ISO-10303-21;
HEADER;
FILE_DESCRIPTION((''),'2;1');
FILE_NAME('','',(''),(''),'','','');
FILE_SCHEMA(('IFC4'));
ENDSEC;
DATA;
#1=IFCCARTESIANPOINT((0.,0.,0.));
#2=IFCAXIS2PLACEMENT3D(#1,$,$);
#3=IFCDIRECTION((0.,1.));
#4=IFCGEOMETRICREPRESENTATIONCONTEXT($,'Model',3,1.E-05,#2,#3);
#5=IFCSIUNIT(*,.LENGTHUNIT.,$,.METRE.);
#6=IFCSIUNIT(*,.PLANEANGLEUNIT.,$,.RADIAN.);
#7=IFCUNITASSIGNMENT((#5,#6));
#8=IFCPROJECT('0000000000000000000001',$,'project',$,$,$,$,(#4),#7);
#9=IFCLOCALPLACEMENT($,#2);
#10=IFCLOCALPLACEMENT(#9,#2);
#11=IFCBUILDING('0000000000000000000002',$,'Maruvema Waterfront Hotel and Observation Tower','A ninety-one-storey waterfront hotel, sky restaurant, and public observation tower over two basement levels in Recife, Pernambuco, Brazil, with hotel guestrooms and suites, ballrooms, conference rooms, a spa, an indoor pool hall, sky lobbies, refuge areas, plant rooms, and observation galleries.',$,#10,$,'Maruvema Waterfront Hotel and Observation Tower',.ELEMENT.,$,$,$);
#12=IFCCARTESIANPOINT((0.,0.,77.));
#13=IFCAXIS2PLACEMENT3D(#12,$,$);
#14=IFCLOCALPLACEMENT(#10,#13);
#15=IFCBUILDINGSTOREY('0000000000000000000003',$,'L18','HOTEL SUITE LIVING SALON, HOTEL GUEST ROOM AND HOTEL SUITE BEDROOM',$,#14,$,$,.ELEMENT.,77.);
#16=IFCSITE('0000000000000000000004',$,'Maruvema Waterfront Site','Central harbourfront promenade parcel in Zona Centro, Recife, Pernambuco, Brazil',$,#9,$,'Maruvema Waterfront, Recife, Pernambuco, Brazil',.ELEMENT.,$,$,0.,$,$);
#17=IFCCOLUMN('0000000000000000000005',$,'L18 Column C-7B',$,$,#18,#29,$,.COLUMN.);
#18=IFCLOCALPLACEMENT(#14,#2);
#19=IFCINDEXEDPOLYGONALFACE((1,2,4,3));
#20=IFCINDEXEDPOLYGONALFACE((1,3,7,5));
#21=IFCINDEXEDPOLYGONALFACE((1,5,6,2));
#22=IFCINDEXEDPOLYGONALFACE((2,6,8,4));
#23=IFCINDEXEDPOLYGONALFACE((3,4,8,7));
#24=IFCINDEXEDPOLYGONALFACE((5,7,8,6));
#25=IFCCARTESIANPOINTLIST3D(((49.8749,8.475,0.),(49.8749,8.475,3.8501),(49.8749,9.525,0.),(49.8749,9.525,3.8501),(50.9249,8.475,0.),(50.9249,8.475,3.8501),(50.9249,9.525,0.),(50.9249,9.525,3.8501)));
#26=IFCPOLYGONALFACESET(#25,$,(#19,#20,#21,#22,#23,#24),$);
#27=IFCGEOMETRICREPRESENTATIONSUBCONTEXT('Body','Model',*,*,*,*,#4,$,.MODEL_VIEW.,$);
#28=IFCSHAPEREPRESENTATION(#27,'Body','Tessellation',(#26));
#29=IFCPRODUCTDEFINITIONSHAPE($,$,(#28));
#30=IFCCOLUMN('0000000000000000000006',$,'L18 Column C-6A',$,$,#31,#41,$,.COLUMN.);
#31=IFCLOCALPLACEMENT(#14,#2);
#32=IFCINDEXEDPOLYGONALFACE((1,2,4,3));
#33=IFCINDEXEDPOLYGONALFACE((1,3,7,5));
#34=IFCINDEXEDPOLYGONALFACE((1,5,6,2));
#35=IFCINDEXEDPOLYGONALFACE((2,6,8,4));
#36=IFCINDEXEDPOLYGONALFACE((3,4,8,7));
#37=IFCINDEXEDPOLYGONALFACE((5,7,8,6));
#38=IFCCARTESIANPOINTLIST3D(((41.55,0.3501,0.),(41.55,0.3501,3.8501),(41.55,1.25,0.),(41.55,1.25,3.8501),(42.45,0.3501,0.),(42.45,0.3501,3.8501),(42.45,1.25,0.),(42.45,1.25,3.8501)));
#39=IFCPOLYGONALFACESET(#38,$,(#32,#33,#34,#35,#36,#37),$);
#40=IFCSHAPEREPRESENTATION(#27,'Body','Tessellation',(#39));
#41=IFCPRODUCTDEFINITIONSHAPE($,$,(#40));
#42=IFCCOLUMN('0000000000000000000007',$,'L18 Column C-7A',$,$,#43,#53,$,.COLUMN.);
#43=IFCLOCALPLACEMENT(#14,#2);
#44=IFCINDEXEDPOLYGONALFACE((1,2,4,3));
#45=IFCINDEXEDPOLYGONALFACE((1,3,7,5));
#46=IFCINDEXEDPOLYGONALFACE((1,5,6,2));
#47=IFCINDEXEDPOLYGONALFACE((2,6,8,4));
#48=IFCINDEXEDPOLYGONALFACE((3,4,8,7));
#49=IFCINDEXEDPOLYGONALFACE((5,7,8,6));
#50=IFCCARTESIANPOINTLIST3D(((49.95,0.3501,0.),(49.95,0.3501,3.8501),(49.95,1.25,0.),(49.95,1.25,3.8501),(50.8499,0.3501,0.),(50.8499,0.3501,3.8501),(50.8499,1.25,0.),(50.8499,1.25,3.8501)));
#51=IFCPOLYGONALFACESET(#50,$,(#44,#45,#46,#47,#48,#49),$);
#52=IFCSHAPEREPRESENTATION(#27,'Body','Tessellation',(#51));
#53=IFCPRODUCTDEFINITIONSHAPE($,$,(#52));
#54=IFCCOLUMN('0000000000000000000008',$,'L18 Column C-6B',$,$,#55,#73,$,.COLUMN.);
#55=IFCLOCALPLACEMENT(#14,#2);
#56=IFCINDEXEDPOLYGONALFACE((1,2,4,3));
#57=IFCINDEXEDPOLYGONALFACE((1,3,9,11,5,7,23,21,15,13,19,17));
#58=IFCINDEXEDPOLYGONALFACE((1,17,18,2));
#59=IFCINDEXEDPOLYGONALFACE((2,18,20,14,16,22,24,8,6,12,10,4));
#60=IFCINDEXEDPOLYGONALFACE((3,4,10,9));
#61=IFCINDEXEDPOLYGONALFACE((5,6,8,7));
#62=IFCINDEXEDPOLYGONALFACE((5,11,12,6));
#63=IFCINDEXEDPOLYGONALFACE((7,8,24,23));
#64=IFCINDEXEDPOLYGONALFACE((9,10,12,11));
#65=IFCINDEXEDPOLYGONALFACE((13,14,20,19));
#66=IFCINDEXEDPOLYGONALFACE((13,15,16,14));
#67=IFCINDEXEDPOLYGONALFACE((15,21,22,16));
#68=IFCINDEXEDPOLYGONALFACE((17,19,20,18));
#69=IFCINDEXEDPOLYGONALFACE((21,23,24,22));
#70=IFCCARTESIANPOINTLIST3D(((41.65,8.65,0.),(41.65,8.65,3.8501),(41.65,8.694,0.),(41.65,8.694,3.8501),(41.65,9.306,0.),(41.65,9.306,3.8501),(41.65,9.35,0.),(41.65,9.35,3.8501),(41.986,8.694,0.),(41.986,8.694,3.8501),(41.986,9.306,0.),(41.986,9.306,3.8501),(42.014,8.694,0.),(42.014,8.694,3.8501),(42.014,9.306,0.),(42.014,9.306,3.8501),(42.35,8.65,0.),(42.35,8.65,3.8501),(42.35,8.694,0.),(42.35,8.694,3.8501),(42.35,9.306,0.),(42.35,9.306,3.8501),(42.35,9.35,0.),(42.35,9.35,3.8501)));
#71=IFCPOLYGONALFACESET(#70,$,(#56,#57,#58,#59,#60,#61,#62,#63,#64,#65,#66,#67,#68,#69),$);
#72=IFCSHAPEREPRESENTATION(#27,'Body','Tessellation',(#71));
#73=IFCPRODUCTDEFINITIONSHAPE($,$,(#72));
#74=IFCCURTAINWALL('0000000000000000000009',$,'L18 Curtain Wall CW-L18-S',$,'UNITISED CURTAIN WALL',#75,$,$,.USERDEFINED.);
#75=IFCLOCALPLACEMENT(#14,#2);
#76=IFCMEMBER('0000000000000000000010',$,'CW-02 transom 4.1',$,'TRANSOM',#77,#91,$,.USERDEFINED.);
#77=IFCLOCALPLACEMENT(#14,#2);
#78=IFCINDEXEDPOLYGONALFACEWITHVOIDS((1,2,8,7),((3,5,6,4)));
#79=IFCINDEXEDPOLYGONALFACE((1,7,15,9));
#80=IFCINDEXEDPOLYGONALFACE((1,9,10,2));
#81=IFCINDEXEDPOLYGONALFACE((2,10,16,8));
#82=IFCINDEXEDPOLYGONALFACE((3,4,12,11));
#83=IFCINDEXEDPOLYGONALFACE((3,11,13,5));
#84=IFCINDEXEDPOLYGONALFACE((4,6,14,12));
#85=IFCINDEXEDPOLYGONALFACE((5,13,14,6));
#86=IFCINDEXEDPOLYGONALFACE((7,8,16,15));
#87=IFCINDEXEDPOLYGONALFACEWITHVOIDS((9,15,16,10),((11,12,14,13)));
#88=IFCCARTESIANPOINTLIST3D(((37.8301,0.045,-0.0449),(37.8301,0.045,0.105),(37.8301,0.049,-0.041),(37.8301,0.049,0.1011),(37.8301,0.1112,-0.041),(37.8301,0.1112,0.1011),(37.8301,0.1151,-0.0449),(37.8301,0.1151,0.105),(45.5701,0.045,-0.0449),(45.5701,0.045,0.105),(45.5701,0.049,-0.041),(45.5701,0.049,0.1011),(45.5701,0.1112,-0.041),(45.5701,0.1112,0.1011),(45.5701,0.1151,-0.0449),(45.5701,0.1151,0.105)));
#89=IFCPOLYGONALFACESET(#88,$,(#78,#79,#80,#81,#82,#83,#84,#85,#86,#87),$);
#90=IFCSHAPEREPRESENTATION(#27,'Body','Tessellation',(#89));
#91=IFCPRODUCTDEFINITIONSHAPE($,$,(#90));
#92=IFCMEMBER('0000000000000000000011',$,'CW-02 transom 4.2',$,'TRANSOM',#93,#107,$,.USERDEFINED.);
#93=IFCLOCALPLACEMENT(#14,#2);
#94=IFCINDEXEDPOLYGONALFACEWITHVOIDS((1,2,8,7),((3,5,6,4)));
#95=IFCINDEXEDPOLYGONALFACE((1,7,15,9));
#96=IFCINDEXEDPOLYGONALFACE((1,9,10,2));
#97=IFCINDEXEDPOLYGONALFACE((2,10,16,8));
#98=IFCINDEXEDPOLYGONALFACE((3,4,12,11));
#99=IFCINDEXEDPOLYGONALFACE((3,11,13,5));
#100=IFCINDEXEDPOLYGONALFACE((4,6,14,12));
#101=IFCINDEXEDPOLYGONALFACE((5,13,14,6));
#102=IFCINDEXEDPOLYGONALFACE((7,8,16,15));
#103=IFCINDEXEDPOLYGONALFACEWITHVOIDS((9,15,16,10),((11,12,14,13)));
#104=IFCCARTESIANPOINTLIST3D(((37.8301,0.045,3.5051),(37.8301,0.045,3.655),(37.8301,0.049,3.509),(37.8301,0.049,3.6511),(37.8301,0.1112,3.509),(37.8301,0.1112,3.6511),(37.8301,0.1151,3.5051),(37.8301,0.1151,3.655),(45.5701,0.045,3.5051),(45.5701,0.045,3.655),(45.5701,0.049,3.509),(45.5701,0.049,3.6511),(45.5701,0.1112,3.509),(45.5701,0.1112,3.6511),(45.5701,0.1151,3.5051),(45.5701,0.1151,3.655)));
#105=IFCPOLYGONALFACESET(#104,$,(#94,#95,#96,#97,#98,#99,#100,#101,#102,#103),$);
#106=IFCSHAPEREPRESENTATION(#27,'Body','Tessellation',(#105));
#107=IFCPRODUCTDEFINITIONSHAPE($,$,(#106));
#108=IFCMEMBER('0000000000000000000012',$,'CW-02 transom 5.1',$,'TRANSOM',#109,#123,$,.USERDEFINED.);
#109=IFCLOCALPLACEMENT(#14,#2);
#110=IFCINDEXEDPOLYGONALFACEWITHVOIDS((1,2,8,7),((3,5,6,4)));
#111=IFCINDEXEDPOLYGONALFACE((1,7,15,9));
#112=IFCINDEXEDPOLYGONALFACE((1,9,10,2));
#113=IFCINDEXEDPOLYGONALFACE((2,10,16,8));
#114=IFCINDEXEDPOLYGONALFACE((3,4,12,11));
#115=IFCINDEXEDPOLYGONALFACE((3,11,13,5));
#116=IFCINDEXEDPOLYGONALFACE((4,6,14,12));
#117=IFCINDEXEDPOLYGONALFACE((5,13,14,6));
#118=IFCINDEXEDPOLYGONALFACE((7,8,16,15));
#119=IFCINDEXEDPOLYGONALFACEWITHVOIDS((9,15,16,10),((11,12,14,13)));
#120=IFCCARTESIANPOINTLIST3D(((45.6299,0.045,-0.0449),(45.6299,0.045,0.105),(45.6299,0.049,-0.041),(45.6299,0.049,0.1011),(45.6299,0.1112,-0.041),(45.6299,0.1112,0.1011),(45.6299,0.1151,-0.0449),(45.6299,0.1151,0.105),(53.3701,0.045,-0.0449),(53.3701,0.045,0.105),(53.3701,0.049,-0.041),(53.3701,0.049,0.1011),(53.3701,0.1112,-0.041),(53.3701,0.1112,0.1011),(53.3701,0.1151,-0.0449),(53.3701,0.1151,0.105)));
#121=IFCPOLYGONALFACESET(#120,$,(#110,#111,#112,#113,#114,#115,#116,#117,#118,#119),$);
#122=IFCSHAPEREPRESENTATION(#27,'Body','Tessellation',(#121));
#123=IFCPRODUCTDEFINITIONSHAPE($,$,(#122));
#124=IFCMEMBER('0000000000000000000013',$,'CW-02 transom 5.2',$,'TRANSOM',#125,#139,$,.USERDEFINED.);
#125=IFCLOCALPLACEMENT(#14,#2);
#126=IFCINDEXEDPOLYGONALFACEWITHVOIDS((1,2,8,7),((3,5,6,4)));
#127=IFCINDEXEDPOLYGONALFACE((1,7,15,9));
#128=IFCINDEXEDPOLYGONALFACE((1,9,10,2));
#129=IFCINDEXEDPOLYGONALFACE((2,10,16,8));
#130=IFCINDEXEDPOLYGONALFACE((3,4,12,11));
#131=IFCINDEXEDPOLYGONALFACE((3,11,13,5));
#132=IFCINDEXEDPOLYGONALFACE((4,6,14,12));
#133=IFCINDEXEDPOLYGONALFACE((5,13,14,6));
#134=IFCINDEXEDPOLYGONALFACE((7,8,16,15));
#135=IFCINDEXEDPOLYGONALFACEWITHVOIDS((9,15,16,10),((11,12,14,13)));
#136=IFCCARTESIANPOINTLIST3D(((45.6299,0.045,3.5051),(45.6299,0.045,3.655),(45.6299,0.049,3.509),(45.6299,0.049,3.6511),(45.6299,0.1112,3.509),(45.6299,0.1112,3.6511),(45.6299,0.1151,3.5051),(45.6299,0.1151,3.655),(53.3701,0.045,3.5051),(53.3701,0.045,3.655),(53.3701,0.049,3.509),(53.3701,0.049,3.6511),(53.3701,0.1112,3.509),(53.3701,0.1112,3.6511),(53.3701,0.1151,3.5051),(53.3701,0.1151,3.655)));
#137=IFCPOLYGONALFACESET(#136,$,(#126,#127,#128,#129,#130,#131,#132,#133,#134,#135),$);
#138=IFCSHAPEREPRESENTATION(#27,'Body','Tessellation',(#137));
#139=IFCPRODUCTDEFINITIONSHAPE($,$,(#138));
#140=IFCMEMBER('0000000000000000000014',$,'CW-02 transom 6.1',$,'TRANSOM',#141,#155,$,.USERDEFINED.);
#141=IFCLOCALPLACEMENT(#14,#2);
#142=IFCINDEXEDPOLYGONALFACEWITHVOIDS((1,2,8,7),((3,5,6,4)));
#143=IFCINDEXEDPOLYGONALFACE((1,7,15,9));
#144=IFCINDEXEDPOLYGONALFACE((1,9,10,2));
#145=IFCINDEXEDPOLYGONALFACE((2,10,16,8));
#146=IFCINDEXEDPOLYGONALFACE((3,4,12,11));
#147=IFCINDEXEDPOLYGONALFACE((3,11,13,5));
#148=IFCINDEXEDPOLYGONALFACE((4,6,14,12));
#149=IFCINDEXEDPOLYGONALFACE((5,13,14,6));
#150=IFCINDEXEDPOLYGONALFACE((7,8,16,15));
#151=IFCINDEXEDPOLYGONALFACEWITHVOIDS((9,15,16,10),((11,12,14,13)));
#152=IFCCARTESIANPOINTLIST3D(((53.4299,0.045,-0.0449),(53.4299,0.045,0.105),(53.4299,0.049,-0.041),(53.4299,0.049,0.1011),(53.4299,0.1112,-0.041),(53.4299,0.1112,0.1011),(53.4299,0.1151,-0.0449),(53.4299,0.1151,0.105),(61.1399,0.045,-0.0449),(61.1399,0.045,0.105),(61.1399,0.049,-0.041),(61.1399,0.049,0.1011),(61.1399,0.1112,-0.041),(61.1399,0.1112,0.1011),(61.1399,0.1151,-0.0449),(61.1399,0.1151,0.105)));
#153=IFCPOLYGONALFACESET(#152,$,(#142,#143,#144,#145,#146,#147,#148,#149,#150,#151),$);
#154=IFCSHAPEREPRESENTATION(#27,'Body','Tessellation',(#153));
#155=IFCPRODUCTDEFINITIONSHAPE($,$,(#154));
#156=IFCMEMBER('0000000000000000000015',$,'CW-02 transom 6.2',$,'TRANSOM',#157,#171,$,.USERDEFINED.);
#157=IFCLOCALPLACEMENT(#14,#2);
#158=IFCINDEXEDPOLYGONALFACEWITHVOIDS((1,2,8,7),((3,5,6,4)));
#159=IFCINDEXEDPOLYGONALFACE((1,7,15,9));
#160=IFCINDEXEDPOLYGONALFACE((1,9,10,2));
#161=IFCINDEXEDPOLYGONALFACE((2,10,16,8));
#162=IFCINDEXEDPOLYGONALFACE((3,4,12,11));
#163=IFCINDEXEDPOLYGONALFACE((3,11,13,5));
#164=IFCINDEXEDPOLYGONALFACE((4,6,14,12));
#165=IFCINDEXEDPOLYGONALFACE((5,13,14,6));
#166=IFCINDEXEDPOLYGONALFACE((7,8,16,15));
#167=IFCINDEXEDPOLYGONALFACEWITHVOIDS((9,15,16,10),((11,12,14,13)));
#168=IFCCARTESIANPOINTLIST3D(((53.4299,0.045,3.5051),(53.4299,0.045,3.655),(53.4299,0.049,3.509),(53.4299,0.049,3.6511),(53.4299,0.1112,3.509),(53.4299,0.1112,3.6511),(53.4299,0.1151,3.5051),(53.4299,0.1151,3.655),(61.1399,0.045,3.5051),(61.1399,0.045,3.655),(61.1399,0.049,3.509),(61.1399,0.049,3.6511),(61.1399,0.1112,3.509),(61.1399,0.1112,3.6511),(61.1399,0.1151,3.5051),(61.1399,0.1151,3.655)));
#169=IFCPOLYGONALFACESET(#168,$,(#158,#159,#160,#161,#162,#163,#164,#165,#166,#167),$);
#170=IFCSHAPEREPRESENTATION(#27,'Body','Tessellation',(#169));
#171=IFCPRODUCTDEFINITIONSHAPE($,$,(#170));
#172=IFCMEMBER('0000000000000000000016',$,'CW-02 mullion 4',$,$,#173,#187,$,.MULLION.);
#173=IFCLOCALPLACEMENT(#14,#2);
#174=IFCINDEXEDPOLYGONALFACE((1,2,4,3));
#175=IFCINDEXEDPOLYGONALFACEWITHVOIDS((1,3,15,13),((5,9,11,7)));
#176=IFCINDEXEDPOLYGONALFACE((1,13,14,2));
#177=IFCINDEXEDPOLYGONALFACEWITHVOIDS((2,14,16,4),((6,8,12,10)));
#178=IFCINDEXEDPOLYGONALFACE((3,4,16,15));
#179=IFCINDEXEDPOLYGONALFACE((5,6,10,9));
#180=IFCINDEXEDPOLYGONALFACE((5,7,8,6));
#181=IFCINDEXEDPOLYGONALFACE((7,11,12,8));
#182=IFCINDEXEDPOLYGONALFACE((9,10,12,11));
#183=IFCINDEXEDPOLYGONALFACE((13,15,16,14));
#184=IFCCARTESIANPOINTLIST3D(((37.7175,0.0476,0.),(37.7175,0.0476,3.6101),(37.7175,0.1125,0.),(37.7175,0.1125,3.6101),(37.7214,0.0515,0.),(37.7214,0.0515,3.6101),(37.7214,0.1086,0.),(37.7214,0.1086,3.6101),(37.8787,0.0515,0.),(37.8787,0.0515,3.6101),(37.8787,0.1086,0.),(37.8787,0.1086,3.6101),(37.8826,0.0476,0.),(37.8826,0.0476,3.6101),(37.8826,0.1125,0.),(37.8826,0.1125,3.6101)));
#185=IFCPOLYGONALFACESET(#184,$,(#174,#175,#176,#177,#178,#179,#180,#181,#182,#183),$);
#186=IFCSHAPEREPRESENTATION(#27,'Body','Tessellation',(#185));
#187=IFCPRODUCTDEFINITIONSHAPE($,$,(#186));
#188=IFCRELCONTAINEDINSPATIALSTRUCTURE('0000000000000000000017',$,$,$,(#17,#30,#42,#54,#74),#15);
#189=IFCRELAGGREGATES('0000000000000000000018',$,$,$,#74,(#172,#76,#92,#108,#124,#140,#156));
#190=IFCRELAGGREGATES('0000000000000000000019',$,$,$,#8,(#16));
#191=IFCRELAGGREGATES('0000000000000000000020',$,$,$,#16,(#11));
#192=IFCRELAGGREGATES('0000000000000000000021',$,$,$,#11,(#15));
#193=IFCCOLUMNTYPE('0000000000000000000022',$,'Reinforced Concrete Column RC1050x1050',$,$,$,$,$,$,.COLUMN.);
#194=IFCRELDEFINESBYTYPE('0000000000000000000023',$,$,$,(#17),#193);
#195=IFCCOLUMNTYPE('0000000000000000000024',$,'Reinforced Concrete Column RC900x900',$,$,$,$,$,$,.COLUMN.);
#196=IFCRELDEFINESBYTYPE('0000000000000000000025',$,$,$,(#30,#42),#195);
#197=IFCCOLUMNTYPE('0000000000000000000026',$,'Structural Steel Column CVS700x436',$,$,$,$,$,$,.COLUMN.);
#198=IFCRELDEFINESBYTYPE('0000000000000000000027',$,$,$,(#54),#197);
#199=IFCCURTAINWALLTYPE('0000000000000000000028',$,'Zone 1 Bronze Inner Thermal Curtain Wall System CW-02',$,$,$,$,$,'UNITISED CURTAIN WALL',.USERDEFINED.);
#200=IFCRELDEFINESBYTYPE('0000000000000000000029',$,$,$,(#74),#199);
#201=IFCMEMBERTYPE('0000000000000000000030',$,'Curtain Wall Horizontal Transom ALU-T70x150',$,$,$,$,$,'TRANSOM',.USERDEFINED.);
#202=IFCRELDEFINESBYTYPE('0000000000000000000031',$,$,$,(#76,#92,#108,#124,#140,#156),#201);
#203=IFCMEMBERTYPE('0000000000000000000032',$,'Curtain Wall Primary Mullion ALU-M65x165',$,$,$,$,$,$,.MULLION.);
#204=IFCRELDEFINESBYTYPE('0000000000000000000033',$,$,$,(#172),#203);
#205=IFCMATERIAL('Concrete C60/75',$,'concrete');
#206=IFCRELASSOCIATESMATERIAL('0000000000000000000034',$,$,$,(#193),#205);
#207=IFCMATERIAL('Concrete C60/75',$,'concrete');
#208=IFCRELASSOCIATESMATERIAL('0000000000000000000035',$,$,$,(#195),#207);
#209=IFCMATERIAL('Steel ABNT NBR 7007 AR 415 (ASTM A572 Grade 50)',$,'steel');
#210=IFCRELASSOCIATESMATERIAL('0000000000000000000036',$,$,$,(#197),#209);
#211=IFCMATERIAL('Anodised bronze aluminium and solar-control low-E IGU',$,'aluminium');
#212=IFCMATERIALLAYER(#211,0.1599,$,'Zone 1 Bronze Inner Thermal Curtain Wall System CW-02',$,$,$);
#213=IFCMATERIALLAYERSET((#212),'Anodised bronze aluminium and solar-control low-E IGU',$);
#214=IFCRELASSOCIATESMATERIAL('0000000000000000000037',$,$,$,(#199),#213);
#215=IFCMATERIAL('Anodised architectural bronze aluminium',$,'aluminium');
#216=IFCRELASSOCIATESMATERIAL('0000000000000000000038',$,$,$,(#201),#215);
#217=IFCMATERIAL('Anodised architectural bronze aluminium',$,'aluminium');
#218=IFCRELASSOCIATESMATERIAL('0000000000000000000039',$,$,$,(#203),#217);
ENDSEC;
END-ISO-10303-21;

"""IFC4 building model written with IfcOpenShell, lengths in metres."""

from ifc_helpers import new_model, si_unit, direction, frame, origin, origin_2d, place, context, subcontext, project, spatial, rectangle, hollow_rectangle, i_section, extrude, material, layer, layer_set, material_profile, profile_set, type_object, element, aggregate, save


model = new_model("IFC4")

# Units and contexts
model_context = context("Model", 3, precision=1e-05, world=origin(), true_north=direction((0.0, 1.0)))
body_context = subcontext(model_context, "Body", "Model", "MODEL_VIEW")
ifc_project = project(units=[si_unit("LENGTHUNIT", "METRE"), si_unit("PLANEANGLEUNIT", "RADIAN")], contexts=[model_context])

# Site, building, storey
site_placement = place(None, origin())
site = spatial("IfcSite", under=ifc_project, at=site_placement, Name="Maruvema Waterfront Site", Description="Central harbourfront promenade parcel in Zona Centro, Recife, Pernambuco, Brazil", LongName="Maruvema Waterfront, Recife, Pernambuco, Brazil", CompositionType="ELEMENT", RefElevation=0.0)
building_placement = place(site_placement, origin())
building = spatial("IfcBuilding", under=site, at=building_placement, Name="Maruvema Waterfront Hotel and Observation Tower", Description="A ninety-one-storey waterfront hotel, sky restaurant, and public observation tower over two basement levels in Recife, Pernambuco, Brazil, with hotel guestrooms and suites, ballrooms, conference rooms, a spa, an indoor pool hall, sky lobbies, refuge areas, plant rooms, and observation galleries.", LongName="Maruvema Waterfront Hotel and Observation Tower", CompositionType="ELEMENT")
storey_placement = place(building_placement, frame((0.0, 0.0, 77.0)))
storey = spatial("IfcBuildingStorey", under=building, at=storey_placement, Name="L18", Description="HOTEL SUITE LIVING SALON, HOTEL GUEST ROOM AND HOTEL SUITE BEDROOM", CompositionType="ELEMENT", Elevation=77.0)

# Columns
ifc_material_1 = material(Name="Concrete C60/75", Category="concrete")
ifc_material_profile_1 = material_profile(ifc_material_1, rectangle(XDim=1.05, YDim=1.05, at=origin_2d()), Name="RC1050x1050")
ifc_profile_set_1 = profile_set([ifc_material_profile_1], Name="Concrete C60/75")
column_type_1 = type_object("IfcColumnType", Name="Reinforced Concrete Column RC1050x1050", PredefinedType="COLUMN", material=ifc_profile_set_1)
column_1_placement = place(storey_placement, frame((50.3999, 9.0, 0.0), z_axis=(0.0, 0.0, 1.0), x_axis=(1.0, 0.0, 0.0)))
element("IfcColumn", 1, at=column_1_placement, inside=storey, type_object=column_type_1, Name="L18 Column C-7B", PredefinedType="COLUMN", context=body_context, shape_type="SweptSolid", body=[
    extrude(rectangle(XDim=1.05, YDim=1.05, at=origin_2d()), origin(), (0.0, 0.0, 1.0), 3.8501),
])
ifc_material_2 = material(Name="Concrete C60/75", Category="concrete")
ifc_material_profile_2 = material_profile(ifc_material_2, rectangle(XDim=0.8999, YDim=0.8999, at=origin_2d()), Name="RC900x900")
ifc_profile_set_2 = profile_set([ifc_material_profile_2], Name="Concrete C60/75")
column_type_2 = type_object("IfcColumnType", Name="Reinforced Concrete Column RC900x900", PredefinedType="COLUMN", material=ifc_profile_set_2)
for number, where, z_axis, x_axis, name in (
    (2, (42.0, 0.8, 0.0), (0.0, 0.0, 1.0), (1.0, 0.0, 0.0), "L18 Column C-6A"),
    (3, (50.3999, 0.8, 0.0), (0.0, 0.0, 1.0), (1.0, 0.0, 0.0), "L18 Column C-7A"),
):
    element("IfcColumn", number, at=place(storey_placement, frame(where, z_axis=z_axis, x_axis=x_axis)), inside=storey, type_object=column_type_2, Name=name, PredefinedType="COLUMN", context=body_context, shape_type="SweptSolid", body=[
        extrude(rectangle(XDim=0.8999, YDim=0.8999, at=origin_2d()), origin(), (0.0, 0.0, 1.0), 3.8501),
    ])
ifc_material_3 = material(Name="Steel ABNT NBR 7007 AR 415 (ASTM A572 Grade 50)", Category="steel")
ifc_material_profile_3 = material_profile(ifc_material_3, i_section(OverallWidth=0.7, OverallDepth=0.7, WebThickness=0.0281, FlangeThickness=0.0439, at=origin_2d()), Name="CVS700x436")
ifc_profile_set_3 = profile_set([ifc_material_profile_3], Name="Steel ABNT NBR 7007 AR 415 (ASTM A572 Grade 50)")
column_type_3 = type_object("IfcColumnType", Name="Structural Steel Column CVS700x436", PredefinedType="COLUMN", material=ifc_profile_set_3)
column_2_placement = place(storey_placement, frame((42.0, 9.0, 0.0), z_axis=(0.0, 0.0, 1.0), x_axis=(1.0, 0.0, 0.0)))
element("IfcColumn", 4, at=column_2_placement, inside=storey, type_object=column_type_3, Name="L18 Column C-6B", PredefinedType="COLUMN", context=body_context, shape_type="SweptSolid", body=[
    extrude(i_section(OverallWidth=0.7, OverallDepth=0.7, WebThickness=0.0281, FlangeThickness=0.0439, at=origin_2d()), origin(), (0.0, 0.0, 1.0), 3.8501),
])

# Curtain wall, members
ifc_material_4 = material(Name="Anodised bronze aluminium and solar-control low-E IGU", Category="aluminium")
ifc_layer_1 = layer(ifc_material_4, 0.1599, Name="Zone 1 Bronze Inner Thermal Curtain Wall System CW-02")
ifc_layer_set_1 = layer_set([ifc_layer_1], Name="Anodised bronze aluminium and solar-control low-E IGU")
curtain_wall_type = type_object("IfcCurtainWallType", Name="Zone 1 Bronze Inner Thermal Curtain Wall System CW-02", ElementType="UNITISED CURTAIN WALL", PredefinedType="USERDEFINED", material=ifc_layer_set_1)
curtain_wall_placement = place(storey_placement, origin())
curtain_wall = element("IfcCurtainWall", 5, at=curtain_wall_placement, inside=storey, type_object=curtain_wall_type, Name="L18 Curtain Wall CW-L18-S", ObjectType="UNITISED CURTAIN WALL", PredefinedType="USERDEFINED")
ifc_material_5 = material(Name="Anodised architectural bronze aluminium", Category="aluminium")
ifc_material_profile_4 = material_profile(ifc_material_5, hollow_rectangle(XDim=0.0701, YDim=0.1499, WallThickness=0.0039, at=origin_2d()), Name="ALU-T70x150")
ifc_profile_set_4 = profile_set([ifc_material_profile_4], Name="Anodised architectural bronze aluminium")
member_type_1 = type_object("IfcMemberType", Name="Curtain Wall Horizontal Transom ALU-T70x150", ElementType="TRANSOM", PredefinedType="USERDEFINED", material=ifc_profile_set_4)
member_1_placement = place(storey_placement, frame((37.8301, 0.0801, 0.03), z_axis=(1.0, 0.0, 0.0), x_axis=(0.0, 1.0, 0.0)))
member_1 = element("IfcMember", 6, at=member_1_placement, type_object=member_type_1, Name="CW-02 transom 4.1", ObjectType="TRANSOM", PredefinedType="USERDEFINED", context=body_context, shape_type="SweptSolid", body=[
    extrude(hollow_rectangle(XDim=0.0701, YDim=0.1499, WallThickness=0.0039, at=origin_2d()), origin(), (0.0, 0.0, 1.0), 7.74),
])
member_2_placement = place(storey_placement, frame((37.8301, 0.0801, 3.5801), z_axis=(1.0, 0.0, 0.0), x_axis=(0.0, 1.0, 0.0)))
member_2 = element("IfcMember", 7, at=member_2_placement, type_object=member_type_1, Name="CW-02 transom 4.2", ObjectType="TRANSOM", PredefinedType="USERDEFINED", context=body_context, shape_type="SweptSolid", body=[
    extrude(hollow_rectangle(XDim=0.0701, YDim=0.1499, WallThickness=0.0039, at=origin_2d()), origin(), (0.0, 0.0, 1.0), 7.74),
])
member_3_placement = place(storey_placement, frame((45.6299, 0.0801, 0.03), z_axis=(1.0, 0.0, 0.0), x_axis=(0.0, 1.0, 0.0)))
member_3 = element("IfcMember", 8, at=member_3_placement, type_object=member_type_1, Name="CW-02 transom 5.1", ObjectType="TRANSOM", PredefinedType="USERDEFINED", context=body_context, shape_type="SweptSolid", body=[
    extrude(hollow_rectangle(XDim=0.0701, YDim=0.1499, WallThickness=0.0039, at=origin_2d()), origin(), (0.0, 0.0, 1.0), 7.7402),
])
member_4_placement = place(storey_placement, frame((45.6299, 0.0801, 3.5801), z_axis=(1.0, 0.0, 0.0), x_axis=(0.0, 1.0, 0.0)))
member_4 = element("IfcMember", 9, at=member_4_placement, type_object=member_type_1, Name="CW-02 transom 5.2", ObjectType="TRANSOM", PredefinedType="USERDEFINED", context=body_context, shape_type="SweptSolid", body=[
    extrude(hollow_rectangle(XDim=0.0701, YDim=0.1499, WallThickness=0.0039, at=origin_2d()), origin(), (0.0, 0.0, 1.0), 7.7402),
])
member_5_placement = place(storey_placement, frame((53.4299, 0.0801, 0.03), z_axis=(1.0, 0.0, 0.0), x_axis=(0.0, 1.0, 0.0)))
member_5 = element("IfcMember", 10, at=member_5_placement, type_object=member_type_1, Name="CW-02 transom 6.1", ObjectType="TRANSOM", PredefinedType="USERDEFINED", context=body_context, shape_type="SweptSolid", body=[
    extrude(hollow_rectangle(XDim=0.0701, YDim=0.1499, WallThickness=0.0039, at=origin_2d()), origin(), (0.0, 0.0, 1.0), 7.71),
])
member_6_placement = place(storey_placement, frame((53.4299, 0.0801, 3.5801), z_axis=(1.0, 0.0, 0.0), x_axis=(0.0, 1.0, 0.0)))
member_6 = element("IfcMember", 11, at=member_6_placement, type_object=member_type_1, Name="CW-02 transom 6.2", ObjectType="TRANSOM", PredefinedType="USERDEFINED", context=body_context, shape_type="SweptSolid", body=[
    extrude(hollow_rectangle(XDim=0.0701, YDim=0.1499, WallThickness=0.0039, at=origin_2d()), origin(), (0.0, 0.0, 1.0), 7.71),
])
ifc_material_6 = material(Name="Anodised architectural bronze aluminium", Category="aluminium")
ifc_material_profile_5 = material_profile(ifc_material_6, hollow_rectangle(XDim=0.0649, YDim=0.165, WallThickness=0.0039, at=origin_2d()), Name="ALU-M65x165")
ifc_profile_set_5 = profile_set([ifc_material_profile_5], Name="Anodised architectural bronze aluminium")
member_type_2 = type_object("IfcMemberType", Name="Curtain Wall Primary Mullion ALU-M65x165", PredefinedType="MULLION", material=ifc_profile_set_5)
member_7_placement = place(storey_placement, frame((37.8, 0.0801, 0.0), z_axis=(0.0, 0.0, 1.0), x_axis=(0.0, 1.0, 0.0)))
member_7 = element("IfcMember", 12, at=member_7_placement, type_object=member_type_2, Name="CW-02 mullion 4", PredefinedType="MULLION", context=body_context, shape_type="SweptSolid", body=[
    extrude(hollow_rectangle(XDim=0.0649, YDim=0.165, WallThickness=0.0039, at=origin_2d()), origin(), (0.0, 0.0, 1.0), 3.6101),
])

aggregate(curtain_wall, [member_7, member_1, member_2, member_3, member_4, member_5, member_6])

save(model, "model.ifc")
